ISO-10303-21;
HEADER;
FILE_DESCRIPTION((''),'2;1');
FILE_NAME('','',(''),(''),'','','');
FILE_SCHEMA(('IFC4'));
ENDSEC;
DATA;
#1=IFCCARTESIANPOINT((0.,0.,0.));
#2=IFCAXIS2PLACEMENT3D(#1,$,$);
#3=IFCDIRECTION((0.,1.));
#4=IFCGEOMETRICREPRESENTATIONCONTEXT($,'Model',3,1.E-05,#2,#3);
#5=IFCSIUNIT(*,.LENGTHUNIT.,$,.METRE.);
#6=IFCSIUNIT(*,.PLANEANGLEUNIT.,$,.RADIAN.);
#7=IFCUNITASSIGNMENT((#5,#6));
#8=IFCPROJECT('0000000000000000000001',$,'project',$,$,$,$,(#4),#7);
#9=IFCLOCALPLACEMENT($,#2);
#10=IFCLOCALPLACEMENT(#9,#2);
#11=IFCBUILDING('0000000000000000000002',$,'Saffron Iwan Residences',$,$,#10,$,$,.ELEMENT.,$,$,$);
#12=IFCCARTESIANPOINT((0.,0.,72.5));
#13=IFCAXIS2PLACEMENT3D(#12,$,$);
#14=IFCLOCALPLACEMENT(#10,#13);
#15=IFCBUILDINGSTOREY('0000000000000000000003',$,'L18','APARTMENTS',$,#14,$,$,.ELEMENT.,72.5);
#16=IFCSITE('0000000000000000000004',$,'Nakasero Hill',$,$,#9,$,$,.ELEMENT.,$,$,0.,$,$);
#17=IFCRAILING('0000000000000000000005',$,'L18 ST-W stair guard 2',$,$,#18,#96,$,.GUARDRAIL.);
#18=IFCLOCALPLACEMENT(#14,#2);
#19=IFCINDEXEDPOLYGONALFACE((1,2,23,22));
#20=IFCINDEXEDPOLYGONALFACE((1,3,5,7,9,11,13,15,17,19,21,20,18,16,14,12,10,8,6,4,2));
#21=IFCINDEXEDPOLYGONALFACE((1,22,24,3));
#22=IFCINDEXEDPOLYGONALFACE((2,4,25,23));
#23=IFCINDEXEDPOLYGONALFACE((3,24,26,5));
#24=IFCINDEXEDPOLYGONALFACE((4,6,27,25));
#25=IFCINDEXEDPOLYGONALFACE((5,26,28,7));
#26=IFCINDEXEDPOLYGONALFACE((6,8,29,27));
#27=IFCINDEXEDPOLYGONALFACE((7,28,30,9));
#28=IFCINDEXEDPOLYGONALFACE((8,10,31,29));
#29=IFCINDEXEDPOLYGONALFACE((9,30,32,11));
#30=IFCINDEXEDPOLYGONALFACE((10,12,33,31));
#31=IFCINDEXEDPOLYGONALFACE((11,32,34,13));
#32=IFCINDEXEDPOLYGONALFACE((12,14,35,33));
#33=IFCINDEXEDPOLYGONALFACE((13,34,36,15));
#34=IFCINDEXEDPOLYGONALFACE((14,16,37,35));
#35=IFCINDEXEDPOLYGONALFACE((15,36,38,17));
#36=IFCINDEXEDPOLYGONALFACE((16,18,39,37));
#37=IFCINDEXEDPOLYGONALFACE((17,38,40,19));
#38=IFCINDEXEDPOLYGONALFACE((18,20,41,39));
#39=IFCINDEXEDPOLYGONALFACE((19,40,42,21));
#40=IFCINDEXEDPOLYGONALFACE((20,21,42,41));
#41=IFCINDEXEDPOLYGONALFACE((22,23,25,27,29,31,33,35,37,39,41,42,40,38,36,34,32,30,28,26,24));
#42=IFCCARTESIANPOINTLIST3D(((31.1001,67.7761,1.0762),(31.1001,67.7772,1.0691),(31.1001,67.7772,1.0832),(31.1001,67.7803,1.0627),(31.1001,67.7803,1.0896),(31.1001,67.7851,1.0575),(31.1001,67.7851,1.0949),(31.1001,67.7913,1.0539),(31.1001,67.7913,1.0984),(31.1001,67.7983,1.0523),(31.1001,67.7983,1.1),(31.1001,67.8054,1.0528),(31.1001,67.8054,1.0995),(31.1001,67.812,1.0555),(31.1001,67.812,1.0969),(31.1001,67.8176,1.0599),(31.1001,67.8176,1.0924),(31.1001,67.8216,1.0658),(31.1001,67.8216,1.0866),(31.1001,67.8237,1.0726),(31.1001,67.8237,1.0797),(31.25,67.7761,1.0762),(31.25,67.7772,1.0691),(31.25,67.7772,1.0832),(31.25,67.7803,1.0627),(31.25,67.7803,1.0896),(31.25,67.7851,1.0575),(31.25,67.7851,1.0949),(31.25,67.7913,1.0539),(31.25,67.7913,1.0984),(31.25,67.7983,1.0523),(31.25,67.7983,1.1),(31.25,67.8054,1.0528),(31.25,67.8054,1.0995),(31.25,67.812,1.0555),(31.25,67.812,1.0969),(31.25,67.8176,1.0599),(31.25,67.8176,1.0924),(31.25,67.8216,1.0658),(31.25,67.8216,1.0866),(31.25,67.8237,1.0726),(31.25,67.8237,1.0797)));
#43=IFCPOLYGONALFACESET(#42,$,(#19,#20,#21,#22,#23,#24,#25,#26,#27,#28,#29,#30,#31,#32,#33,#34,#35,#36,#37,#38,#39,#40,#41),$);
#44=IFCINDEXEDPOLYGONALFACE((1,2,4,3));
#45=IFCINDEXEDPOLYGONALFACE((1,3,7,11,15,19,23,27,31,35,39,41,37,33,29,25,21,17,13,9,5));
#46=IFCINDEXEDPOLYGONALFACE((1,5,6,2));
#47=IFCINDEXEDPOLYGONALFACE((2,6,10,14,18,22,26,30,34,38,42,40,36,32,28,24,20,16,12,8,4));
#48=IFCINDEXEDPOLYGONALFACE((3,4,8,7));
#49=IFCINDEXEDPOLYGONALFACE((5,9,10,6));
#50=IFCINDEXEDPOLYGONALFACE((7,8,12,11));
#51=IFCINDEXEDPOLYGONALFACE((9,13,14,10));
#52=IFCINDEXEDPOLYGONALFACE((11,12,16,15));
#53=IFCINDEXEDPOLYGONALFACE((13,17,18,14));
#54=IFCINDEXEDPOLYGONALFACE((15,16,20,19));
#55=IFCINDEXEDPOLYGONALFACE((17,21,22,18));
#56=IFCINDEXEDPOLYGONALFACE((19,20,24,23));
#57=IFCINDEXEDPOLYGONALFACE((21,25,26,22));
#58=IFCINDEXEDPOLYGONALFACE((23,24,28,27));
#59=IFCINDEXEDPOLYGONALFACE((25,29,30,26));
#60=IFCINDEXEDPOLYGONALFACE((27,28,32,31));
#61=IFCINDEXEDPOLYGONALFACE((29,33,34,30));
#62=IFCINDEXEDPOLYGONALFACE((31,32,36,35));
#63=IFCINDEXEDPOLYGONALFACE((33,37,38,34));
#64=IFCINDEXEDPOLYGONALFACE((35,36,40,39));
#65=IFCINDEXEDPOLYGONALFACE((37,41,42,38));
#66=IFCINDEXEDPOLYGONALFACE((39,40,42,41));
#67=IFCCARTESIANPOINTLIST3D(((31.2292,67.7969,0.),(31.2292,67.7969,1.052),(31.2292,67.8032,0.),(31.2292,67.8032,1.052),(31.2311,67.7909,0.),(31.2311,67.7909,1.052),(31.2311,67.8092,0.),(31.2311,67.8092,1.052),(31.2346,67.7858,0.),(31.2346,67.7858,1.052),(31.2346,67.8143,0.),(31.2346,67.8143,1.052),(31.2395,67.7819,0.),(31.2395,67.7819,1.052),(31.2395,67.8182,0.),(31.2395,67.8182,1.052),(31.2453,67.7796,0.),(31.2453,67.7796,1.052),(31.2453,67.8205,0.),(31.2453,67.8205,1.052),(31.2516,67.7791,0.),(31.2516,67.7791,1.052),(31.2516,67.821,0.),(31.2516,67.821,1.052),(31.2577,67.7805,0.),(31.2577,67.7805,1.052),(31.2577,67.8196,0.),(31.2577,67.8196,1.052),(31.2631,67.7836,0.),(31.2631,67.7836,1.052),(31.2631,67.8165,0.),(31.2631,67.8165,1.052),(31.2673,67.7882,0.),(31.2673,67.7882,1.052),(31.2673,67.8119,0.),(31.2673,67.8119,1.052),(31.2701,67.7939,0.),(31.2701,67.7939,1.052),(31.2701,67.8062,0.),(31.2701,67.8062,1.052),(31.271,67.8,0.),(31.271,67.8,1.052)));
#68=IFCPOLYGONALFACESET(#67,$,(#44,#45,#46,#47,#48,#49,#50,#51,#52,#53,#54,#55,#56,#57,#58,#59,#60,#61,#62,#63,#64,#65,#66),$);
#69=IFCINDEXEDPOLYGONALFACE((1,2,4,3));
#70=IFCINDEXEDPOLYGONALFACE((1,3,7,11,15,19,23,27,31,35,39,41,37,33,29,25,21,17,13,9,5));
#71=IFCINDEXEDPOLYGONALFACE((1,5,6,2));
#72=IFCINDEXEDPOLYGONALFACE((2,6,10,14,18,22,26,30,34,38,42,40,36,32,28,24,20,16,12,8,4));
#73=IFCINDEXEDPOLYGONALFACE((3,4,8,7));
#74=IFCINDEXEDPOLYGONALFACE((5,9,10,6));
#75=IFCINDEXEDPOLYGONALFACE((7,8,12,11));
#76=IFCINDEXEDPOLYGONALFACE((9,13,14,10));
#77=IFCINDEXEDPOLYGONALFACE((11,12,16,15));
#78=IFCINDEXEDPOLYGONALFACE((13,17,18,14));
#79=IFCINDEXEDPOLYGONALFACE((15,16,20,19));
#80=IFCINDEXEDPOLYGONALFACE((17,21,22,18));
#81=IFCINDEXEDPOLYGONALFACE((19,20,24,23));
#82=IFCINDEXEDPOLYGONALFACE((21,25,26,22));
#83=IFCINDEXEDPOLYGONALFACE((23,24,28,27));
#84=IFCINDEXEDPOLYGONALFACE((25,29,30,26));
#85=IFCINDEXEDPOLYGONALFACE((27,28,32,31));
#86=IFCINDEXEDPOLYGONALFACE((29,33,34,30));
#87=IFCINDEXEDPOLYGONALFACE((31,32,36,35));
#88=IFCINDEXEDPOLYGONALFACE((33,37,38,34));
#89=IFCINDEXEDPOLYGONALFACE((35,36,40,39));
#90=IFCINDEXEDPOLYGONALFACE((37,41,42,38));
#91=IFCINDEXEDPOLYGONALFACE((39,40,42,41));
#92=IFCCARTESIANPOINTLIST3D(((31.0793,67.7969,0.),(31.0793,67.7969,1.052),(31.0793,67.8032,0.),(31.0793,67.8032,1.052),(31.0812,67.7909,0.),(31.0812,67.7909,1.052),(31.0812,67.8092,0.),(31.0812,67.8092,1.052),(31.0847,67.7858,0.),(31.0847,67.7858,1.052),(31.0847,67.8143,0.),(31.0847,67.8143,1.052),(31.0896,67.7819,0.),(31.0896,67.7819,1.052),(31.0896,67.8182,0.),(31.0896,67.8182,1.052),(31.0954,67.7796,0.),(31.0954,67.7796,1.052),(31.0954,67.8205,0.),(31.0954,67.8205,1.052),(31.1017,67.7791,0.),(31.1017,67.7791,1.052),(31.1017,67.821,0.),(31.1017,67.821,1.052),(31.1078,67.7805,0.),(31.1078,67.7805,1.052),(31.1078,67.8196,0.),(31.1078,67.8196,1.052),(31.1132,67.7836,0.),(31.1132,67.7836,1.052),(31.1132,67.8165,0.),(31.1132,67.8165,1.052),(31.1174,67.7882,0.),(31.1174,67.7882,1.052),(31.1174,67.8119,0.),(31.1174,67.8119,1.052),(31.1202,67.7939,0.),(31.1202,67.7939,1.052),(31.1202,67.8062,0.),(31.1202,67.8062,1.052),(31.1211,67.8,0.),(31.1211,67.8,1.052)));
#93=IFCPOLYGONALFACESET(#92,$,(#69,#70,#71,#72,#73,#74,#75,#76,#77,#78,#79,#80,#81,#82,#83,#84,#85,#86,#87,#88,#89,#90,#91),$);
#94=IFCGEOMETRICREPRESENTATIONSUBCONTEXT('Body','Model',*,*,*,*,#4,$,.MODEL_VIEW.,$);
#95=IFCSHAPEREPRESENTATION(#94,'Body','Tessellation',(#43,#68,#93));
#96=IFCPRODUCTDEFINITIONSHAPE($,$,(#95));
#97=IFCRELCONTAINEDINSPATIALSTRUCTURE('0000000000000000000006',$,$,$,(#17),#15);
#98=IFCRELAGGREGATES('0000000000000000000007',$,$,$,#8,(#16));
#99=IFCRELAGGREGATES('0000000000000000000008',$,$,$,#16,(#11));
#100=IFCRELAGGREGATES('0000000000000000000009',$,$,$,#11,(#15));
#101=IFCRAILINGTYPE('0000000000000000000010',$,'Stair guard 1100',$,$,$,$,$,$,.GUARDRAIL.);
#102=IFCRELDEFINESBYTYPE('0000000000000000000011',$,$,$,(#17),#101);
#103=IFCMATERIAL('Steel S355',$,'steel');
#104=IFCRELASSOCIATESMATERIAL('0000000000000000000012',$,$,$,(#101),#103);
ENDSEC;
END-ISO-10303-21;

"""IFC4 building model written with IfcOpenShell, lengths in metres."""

from ifc_helpers import new_model, si_unit, direction, frame, origin, origin_2d, place, context, subcontext, project, spatial, circle, extrude, material, type_object, element, save


model = new_model("IFC4")

# Units and contexts
model_context = context("Model", 3, precision=1e-05, world=origin(), true_north=direction((0.0, 1.0)))
body_context = subcontext(model_context, "Body", "Model", "MODEL_VIEW")
ifc_project = project(units=[si_unit("LENGTHUNIT", "METRE"), si_unit("PLANEANGLEUNIT", "RADIAN")], contexts=[model_context])

# Site, building, storey
site_placement = place(None, origin())
site = spatial("IfcSite", under=ifc_project, at=site_placement, Name="Nakasero Hill", CompositionType="ELEMENT", RefElevation=0.0)
building_placement = place(site_placement, origin())
building = spatial("IfcBuilding", under=site, at=building_placement, Name="Saffron Iwan Residences", CompositionType="ELEMENT")
storey_placement = place(building_placement, frame((0.0, 0.0, 72.5)))
storey = spatial("IfcBuildingStorey", under=building, at=storey_placement, Name="L18", Description="APARTMENTS", CompositionType="ELEMENT", Elevation=72.5)

# Railing
ifc_material_1 = material(Name="Steel S355", Category="steel")
railing_type_1 = type_object("IfcRailingType", Name="Stair guard 1100", PredefinedType="GUARDRAIL", material=ifc_material_1)
railing_1_placement = place(storey_placement, frame((31.25, 67.8, 0.0)))
element("IfcRailing", 1, at=railing_1_placement, inside=storey, type_object=railing_type_1, Name="L18 ST-W stair guard 2", PredefinedType="GUARDRAIL", context=body_context, shape_type="SweptSolid", body=[
    extrude(circle(Radius=0.0239, at=origin_2d()), frame((0.0, 0.0, 1.0762), z_axis=(-1.0, 0.0, 0.0), x_axis=(0.0, -1.0, 0.0)), (0.0, 0.0, 1.0), 0.1499),
    extrude(circle(Radius=0.021, at=origin_2d()), origin(), (0.0, 0.0, 1.0), 1.052),
    extrude(circle(Radius=0.021, at=origin_2d()), frame((-0.1499, 0.0, 0.0)), (0.0, 0.0, 1.0), 1.052),
])

save(model, "model.ifc")
